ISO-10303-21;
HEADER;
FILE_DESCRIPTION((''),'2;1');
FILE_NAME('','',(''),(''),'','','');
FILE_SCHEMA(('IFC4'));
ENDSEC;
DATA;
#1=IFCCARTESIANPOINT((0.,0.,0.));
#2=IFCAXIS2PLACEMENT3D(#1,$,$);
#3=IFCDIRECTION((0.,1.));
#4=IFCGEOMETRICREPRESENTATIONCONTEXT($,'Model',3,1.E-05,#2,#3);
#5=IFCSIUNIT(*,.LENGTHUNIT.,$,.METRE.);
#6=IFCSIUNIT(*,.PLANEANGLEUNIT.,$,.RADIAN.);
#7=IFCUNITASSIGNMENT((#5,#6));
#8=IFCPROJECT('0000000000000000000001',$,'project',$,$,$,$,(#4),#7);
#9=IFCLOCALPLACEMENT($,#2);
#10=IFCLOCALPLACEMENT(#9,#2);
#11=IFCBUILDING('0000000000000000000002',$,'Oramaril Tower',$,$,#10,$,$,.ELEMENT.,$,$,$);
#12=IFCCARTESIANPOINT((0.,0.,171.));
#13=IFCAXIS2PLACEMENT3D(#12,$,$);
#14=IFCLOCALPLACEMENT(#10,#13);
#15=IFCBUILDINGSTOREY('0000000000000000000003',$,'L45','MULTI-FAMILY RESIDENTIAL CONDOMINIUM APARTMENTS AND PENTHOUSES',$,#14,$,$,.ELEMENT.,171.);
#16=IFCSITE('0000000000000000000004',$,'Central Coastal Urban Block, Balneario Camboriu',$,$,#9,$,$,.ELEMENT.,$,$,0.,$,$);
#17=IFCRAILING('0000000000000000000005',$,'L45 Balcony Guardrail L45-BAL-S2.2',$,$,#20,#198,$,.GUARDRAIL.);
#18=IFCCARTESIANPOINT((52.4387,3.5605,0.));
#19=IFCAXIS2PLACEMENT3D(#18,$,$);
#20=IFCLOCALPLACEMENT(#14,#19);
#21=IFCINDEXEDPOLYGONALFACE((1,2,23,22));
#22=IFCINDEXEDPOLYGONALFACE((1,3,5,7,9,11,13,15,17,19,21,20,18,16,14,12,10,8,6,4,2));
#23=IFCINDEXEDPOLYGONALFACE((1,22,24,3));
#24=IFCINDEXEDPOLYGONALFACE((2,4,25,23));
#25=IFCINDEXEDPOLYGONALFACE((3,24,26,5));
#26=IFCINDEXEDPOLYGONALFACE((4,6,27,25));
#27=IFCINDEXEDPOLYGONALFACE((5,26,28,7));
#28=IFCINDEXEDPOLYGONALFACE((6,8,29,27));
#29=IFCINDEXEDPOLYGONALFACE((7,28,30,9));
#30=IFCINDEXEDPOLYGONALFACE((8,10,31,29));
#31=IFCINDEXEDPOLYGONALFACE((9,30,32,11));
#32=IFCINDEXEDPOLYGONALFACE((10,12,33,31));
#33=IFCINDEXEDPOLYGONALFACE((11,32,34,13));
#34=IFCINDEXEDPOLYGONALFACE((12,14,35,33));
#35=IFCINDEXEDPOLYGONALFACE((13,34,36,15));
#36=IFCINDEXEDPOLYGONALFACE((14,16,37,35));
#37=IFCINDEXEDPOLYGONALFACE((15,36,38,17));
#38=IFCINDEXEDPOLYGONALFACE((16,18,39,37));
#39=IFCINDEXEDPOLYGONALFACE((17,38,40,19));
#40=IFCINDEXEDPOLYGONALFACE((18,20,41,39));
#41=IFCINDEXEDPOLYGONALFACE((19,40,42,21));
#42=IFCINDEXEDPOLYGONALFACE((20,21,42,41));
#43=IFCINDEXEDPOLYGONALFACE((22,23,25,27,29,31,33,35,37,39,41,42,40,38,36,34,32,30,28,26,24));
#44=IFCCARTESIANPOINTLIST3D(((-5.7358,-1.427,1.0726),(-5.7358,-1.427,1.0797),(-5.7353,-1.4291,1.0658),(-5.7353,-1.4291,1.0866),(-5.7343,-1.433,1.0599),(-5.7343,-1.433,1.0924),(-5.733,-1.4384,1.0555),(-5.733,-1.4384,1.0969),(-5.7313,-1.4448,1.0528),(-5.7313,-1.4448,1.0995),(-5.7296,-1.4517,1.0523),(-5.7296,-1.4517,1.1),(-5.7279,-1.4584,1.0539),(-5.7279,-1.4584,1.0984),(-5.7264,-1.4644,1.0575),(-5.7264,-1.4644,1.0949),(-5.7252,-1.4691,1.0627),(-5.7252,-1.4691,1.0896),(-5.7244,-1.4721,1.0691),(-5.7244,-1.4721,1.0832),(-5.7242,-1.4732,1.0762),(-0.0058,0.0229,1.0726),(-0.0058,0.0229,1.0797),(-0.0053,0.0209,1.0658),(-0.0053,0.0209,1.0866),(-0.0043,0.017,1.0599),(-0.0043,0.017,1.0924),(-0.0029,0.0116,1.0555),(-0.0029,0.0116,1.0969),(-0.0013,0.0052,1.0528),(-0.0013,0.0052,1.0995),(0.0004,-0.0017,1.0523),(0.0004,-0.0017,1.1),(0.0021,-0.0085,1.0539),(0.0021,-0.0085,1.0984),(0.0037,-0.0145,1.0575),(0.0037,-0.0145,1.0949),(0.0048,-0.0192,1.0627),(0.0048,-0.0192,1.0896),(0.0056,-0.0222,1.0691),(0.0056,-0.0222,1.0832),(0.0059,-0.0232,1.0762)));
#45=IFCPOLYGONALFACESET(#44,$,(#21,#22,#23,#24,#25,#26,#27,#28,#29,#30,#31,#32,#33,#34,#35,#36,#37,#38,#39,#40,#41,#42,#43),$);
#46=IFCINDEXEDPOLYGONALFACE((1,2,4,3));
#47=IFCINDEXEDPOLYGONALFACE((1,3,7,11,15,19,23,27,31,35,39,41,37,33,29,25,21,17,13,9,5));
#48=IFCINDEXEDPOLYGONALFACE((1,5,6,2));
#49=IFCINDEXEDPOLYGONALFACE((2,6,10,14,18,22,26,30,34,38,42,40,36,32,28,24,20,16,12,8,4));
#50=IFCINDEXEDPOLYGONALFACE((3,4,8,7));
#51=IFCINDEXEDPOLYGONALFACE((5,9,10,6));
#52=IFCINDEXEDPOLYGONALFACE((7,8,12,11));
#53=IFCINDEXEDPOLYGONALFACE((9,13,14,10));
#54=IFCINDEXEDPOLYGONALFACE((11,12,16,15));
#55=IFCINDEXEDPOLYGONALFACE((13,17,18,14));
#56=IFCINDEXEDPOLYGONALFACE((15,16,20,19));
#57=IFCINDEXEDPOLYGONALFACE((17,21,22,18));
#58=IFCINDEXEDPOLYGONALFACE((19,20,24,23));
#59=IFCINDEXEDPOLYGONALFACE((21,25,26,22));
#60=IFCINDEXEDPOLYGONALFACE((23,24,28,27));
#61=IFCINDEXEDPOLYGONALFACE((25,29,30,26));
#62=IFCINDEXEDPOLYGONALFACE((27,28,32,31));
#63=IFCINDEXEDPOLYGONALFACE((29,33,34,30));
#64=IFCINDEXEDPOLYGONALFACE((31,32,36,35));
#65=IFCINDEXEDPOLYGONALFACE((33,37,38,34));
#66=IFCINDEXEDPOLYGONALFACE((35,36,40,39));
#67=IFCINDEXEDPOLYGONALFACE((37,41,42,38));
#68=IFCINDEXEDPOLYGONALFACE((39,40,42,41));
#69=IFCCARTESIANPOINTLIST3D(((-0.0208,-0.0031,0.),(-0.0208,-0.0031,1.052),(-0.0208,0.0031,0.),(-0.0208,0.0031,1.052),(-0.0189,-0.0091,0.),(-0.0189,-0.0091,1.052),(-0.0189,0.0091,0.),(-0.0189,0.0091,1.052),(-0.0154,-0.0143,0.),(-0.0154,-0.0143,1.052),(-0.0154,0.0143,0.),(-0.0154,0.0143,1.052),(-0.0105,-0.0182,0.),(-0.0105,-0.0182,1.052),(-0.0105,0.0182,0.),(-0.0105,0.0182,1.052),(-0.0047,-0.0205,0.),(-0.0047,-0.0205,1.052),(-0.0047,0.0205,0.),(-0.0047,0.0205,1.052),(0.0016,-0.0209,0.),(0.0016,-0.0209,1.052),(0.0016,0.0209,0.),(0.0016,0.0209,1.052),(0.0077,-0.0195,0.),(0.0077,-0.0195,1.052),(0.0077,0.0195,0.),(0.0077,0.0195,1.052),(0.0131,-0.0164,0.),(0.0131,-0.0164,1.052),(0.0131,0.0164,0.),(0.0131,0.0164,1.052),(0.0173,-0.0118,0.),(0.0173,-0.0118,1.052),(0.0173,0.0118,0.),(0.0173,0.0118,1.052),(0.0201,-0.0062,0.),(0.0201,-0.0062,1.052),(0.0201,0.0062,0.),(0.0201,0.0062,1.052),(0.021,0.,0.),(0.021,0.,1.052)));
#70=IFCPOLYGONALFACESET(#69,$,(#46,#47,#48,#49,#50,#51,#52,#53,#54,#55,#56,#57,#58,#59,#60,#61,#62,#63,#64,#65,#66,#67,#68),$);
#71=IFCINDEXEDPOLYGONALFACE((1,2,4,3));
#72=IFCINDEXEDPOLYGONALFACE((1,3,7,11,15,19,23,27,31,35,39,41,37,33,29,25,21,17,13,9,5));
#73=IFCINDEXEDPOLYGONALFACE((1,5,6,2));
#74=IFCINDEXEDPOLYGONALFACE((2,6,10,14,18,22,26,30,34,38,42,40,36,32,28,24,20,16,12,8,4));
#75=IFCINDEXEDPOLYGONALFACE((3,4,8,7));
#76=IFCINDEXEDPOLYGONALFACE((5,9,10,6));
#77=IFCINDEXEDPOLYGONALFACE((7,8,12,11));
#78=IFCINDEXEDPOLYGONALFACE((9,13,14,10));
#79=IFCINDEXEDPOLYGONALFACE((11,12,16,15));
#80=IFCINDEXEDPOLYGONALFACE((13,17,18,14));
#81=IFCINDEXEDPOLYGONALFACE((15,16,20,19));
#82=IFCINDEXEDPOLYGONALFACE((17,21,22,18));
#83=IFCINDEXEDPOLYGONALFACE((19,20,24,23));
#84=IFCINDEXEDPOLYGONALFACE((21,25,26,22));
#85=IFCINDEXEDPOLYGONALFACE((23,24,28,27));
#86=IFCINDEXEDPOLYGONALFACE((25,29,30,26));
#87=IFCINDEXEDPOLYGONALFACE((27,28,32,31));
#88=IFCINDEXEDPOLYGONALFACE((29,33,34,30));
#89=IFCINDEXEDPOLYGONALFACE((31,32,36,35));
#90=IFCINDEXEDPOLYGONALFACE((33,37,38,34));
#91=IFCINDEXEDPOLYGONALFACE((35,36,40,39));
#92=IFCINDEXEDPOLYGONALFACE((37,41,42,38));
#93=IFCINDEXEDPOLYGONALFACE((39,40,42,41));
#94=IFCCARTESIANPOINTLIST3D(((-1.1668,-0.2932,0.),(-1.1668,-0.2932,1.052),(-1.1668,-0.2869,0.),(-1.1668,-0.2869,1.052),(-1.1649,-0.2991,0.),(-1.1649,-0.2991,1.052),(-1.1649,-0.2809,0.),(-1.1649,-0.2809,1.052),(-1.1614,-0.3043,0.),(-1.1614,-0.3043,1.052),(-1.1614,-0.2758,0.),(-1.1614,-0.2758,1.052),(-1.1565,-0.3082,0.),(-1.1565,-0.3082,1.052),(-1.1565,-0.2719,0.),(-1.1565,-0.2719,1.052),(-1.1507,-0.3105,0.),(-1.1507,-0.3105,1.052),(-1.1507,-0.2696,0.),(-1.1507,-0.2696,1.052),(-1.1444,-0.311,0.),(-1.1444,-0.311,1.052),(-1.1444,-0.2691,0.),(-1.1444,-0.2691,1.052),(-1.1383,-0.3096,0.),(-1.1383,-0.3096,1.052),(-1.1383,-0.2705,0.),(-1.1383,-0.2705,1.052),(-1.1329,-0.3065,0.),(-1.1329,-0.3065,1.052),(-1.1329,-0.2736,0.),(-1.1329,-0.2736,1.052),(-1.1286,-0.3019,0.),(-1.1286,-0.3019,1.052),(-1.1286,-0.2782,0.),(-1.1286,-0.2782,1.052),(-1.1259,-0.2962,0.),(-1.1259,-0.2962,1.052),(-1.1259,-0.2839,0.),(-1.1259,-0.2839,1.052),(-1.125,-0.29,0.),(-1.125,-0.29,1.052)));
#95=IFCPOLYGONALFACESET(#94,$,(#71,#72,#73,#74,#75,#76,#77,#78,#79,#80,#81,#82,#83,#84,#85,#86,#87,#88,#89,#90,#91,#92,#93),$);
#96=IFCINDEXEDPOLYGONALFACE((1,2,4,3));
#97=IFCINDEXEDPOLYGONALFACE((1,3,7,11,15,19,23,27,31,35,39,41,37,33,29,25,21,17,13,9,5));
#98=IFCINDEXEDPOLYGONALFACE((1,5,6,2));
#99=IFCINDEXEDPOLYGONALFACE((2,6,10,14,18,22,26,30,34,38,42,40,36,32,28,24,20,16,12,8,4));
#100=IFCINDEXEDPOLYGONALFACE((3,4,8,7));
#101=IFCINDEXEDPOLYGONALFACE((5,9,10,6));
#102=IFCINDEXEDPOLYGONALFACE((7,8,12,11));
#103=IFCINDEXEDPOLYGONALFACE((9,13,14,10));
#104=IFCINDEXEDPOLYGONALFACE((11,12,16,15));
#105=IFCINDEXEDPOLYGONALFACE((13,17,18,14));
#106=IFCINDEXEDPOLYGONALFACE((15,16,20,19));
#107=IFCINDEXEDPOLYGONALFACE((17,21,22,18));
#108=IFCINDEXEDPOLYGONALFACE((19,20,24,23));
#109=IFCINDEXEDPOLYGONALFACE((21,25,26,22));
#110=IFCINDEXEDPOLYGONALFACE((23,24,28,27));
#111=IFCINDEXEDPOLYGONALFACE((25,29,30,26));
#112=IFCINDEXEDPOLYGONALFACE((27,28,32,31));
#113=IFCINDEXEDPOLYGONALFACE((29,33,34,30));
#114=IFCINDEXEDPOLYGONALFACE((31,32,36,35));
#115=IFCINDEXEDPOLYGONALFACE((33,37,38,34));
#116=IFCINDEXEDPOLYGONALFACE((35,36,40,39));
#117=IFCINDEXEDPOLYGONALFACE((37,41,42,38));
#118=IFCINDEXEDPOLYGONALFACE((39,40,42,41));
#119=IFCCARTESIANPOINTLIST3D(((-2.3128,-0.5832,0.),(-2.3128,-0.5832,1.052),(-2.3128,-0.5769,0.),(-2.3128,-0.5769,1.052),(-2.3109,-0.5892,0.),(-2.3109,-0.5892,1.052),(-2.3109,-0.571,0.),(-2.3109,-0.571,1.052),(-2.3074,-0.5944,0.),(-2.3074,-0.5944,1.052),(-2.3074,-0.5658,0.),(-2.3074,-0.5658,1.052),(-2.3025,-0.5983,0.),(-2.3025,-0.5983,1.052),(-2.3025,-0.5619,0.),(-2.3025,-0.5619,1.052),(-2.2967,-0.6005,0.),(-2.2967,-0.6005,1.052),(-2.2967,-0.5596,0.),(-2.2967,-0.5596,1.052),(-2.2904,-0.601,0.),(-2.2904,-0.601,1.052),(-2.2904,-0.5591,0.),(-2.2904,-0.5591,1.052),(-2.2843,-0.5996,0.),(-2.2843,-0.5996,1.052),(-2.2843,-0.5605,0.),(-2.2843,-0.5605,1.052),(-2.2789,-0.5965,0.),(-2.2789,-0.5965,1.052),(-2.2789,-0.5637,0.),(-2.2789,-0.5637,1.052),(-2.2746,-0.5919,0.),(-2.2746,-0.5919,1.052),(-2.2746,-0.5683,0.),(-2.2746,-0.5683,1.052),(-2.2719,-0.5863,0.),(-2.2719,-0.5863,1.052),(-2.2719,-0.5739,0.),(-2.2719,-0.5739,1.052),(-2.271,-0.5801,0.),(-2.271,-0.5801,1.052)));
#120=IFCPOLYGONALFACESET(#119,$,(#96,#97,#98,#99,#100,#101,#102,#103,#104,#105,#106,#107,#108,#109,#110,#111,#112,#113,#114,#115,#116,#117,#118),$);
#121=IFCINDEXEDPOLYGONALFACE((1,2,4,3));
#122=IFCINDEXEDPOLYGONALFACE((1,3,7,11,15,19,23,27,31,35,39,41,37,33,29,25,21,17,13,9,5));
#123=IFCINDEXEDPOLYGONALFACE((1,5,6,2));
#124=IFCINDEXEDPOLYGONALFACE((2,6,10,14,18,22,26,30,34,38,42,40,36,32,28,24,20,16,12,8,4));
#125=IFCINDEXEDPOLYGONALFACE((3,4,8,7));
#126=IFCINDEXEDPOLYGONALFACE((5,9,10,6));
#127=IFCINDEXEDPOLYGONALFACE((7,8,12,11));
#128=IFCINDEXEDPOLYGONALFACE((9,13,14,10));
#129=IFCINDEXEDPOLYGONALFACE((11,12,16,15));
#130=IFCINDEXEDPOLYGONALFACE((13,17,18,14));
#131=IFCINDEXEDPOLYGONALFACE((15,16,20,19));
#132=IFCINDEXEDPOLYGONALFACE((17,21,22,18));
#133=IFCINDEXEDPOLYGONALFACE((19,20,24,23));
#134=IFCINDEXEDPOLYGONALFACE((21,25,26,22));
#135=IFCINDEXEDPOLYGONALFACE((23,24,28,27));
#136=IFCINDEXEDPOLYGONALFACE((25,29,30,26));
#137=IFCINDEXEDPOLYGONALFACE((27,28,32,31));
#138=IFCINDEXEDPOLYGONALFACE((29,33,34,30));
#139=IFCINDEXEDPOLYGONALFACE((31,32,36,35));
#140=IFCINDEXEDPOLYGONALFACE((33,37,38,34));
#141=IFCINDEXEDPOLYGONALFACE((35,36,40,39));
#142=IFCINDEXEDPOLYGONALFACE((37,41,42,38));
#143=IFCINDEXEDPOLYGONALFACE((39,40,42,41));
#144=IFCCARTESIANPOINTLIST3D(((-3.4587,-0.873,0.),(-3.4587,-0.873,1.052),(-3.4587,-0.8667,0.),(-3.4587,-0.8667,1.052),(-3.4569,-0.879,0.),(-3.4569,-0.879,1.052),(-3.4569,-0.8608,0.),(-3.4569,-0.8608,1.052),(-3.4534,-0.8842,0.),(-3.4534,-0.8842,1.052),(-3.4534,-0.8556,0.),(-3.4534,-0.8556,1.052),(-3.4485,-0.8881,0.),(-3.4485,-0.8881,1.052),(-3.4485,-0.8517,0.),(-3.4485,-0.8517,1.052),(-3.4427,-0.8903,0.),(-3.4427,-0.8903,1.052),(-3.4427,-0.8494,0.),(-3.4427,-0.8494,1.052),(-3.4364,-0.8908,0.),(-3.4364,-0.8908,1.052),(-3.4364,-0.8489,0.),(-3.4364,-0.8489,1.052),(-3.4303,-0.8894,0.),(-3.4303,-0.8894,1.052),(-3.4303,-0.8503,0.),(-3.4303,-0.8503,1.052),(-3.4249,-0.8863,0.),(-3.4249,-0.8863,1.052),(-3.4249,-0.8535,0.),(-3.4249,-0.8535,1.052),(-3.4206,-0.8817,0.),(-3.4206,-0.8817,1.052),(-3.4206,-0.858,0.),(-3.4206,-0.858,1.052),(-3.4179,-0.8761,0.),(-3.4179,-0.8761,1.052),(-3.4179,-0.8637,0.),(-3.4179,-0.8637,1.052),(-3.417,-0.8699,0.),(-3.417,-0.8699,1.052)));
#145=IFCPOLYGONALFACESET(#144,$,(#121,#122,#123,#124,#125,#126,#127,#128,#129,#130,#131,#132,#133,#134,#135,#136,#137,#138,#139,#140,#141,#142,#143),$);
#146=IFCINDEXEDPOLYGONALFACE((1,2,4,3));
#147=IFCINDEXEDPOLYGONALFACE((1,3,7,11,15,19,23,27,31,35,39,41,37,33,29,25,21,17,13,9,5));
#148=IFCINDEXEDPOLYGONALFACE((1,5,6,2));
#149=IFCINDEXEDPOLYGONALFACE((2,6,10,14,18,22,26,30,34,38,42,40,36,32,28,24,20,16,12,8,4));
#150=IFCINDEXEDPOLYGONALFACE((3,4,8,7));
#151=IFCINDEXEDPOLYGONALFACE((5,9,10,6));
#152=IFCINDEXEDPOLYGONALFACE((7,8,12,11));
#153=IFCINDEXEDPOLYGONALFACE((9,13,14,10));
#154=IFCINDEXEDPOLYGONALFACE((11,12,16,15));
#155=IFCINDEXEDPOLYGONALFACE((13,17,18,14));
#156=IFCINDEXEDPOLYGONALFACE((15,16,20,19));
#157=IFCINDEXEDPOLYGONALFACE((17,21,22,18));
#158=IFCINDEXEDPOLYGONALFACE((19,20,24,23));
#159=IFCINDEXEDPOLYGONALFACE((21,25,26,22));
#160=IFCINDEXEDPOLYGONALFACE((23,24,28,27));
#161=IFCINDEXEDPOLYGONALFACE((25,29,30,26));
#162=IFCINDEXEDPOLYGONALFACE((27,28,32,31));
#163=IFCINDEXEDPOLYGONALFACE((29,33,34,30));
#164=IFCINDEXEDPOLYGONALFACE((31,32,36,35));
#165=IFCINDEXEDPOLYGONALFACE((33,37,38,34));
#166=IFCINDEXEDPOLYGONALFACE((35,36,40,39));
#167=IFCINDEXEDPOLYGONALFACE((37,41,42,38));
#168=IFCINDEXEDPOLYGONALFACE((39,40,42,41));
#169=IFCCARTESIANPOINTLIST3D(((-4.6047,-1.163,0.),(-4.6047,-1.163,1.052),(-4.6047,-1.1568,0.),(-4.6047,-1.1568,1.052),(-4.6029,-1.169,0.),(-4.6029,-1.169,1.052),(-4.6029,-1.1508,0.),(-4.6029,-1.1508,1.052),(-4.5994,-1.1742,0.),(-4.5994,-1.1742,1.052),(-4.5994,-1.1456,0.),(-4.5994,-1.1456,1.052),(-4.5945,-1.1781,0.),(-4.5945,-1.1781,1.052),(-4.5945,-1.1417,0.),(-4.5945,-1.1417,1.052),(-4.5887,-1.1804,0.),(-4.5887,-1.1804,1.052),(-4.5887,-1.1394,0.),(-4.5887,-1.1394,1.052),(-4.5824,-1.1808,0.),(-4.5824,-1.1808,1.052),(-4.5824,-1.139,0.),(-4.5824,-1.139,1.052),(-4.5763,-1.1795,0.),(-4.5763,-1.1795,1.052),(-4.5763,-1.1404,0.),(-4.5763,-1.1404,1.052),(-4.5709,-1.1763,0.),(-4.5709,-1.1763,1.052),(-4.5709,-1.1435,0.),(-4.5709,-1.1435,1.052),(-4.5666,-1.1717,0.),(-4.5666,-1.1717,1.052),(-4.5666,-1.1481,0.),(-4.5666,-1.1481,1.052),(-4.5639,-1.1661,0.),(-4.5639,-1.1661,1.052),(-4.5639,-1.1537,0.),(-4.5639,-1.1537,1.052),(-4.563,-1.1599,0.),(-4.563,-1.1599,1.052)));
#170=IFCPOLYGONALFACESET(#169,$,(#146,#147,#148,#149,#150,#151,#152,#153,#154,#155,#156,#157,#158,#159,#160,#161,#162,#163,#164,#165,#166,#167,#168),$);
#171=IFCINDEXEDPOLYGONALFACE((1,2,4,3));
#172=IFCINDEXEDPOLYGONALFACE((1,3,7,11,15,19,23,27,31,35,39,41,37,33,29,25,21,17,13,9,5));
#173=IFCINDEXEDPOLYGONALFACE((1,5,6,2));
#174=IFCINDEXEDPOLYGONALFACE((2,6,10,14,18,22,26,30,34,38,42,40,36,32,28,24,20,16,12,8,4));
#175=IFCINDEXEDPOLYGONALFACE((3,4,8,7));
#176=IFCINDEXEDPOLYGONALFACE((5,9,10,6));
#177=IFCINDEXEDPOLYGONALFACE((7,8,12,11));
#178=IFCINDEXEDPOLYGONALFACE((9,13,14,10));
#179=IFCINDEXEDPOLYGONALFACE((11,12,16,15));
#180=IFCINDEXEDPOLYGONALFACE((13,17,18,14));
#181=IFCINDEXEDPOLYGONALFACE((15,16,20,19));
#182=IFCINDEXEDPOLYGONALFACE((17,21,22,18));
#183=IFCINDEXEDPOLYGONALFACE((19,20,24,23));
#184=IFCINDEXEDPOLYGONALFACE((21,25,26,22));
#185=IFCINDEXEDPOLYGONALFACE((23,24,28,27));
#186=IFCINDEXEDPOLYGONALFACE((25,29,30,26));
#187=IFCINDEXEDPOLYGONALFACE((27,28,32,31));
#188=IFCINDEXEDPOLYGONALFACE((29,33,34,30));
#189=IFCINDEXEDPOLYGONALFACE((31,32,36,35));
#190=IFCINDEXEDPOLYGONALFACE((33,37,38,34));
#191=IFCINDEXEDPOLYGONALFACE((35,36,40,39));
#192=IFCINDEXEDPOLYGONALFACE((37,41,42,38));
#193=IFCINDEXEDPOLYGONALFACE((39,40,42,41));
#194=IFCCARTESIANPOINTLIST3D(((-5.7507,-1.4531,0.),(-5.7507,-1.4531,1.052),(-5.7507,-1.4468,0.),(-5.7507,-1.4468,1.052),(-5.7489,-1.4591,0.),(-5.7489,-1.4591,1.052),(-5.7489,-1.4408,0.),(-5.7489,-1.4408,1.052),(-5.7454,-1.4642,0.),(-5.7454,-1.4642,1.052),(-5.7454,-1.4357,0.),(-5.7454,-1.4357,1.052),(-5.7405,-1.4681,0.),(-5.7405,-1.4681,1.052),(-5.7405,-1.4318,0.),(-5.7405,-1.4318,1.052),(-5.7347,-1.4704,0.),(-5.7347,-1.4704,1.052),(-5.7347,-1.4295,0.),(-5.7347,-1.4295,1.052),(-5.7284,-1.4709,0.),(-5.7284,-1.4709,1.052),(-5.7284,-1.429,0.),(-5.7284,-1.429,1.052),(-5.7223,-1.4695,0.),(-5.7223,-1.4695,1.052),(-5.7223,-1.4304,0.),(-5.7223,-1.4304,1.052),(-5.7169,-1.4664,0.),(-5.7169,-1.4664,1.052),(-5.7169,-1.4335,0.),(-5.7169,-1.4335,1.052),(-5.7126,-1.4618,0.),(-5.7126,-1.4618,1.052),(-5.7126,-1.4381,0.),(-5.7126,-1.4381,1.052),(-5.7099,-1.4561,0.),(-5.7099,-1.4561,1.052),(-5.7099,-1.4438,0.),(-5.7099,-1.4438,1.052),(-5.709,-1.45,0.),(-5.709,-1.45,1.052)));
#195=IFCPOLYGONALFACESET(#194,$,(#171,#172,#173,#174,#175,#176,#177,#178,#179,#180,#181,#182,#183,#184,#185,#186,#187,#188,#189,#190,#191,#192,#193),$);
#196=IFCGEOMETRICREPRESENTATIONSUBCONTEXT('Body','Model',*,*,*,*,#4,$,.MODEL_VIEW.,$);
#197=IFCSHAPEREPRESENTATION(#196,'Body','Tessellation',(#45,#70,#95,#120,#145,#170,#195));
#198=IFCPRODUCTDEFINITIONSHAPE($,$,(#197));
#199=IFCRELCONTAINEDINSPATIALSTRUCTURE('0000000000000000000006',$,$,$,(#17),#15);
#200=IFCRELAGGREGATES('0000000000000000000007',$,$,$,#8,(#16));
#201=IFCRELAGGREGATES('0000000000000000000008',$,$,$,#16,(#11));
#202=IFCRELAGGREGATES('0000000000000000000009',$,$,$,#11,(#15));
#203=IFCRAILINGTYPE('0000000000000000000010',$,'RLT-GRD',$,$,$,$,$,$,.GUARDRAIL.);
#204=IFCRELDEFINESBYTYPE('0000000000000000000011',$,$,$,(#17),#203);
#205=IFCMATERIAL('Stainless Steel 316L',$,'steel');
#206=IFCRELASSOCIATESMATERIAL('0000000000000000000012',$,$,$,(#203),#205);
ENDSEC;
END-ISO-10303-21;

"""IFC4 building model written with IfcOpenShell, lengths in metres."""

from ifc_helpers import new_model, si_unit, direction, frame, origin, origin_2d, place, context, subcontext, project, spatial, circle, extrude, material, type_object, element, save


model = new_model("IFC4")

# Units and contexts
model_context = context("Model", 3, precision=1e-05, world=origin(), true_north=direction((0.0, 1.0)))
body_context = subcontext(model_context, "Body", "Model", "MODEL_VIEW")
ifc_project = project(units=[si_unit("LENGTHUNIT", "METRE"), si_unit("PLANEANGLEUNIT", "RADIAN")], contexts=[model_context])

# Site, building, storey
site_placement = place(None, origin())
site = spatial("IfcSite", under=ifc_project, at=site_placement, Name="Central Coastal Urban Block, Balneario Camboriu", CompositionType="ELEMENT", RefElevation=0.0)
building_placement = place(site_placement, origin())
building = spatial("IfcBuilding", under=site, at=building_placement, Name="Oramaril Tower", CompositionType="ELEMENT")
storey_placement = place(building_placement, frame((0.0, 0.0, 171.0)))
storey = spatial("IfcBuildingStorey", under=building, at=storey_placement, Name="L45", Description="MULTI-FAMILY RESIDENTIAL CONDOMINIUM APARTMENTS AND PENTHOUSES", CompositionType="ELEMENT", Elevation=171.0)

# Railing
ifc_material_1 = material(Name="Stainless Steel 316L", Category="steel")
railing_type = type_object("IfcRailingType", Name="RLT-GRD", PredefinedType="GUARDRAIL", material=ifc_material_1)
railing_1_placement = place(storey_placement, frame((52.4387, 3.5605, 0.0)))
element("IfcRailing", 1, at=railing_1_placement, inside=storey, type_object=railing_type, Name="L45 Balcony Guardrail L45-BAL-S2.2", PredefinedType="GUARDRAIL", context=body_context, shape_type="SweptSolid", body=[
    extrude(circle(Radius=0.0239, at=origin_2d()), frame((0.0, 0.0, 1.0762), z_axis=(-0.969444, -0.245314, 0.0), x_axis=(0.245314, -0.969444, 0.0)), (0.0, 0.0, 1.0), 5.9106),
    extrude(circle(Radius=0.021, at=origin_2d()), origin(), (0.0, 0.0, 1.0), 1.052),
    extrude(circle(Radius=0.021, at=origin_2d()), frame((-1.146, -0.29, 0.0)), (0.0, 0.0, 1.0), 1.052),
    extrude(circle(Radius=0.021, at=origin_2d()), frame((-2.292, -0.5801, 0.0)), (0.0, 0.0, 1.0), 1.052),
    extrude(circle(Radius=0.021, at=origin_2d()), frame((-3.438, -0.8699, 0.0)), (0.0, 0.0, 1.0), 1.052),
    extrude(circle(Radius=0.021, at=origin_2d()), frame((-4.584, -1.1599, 0.0)), (0.0, 0.0, 1.0), 1.052),
    extrude(circle(Radius=0.021, at=origin_2d()), frame((-5.73, -1.45, 0.0)), (0.0, 0.0, 1.0), 1.052),
])

save(model, "model.ifc")
